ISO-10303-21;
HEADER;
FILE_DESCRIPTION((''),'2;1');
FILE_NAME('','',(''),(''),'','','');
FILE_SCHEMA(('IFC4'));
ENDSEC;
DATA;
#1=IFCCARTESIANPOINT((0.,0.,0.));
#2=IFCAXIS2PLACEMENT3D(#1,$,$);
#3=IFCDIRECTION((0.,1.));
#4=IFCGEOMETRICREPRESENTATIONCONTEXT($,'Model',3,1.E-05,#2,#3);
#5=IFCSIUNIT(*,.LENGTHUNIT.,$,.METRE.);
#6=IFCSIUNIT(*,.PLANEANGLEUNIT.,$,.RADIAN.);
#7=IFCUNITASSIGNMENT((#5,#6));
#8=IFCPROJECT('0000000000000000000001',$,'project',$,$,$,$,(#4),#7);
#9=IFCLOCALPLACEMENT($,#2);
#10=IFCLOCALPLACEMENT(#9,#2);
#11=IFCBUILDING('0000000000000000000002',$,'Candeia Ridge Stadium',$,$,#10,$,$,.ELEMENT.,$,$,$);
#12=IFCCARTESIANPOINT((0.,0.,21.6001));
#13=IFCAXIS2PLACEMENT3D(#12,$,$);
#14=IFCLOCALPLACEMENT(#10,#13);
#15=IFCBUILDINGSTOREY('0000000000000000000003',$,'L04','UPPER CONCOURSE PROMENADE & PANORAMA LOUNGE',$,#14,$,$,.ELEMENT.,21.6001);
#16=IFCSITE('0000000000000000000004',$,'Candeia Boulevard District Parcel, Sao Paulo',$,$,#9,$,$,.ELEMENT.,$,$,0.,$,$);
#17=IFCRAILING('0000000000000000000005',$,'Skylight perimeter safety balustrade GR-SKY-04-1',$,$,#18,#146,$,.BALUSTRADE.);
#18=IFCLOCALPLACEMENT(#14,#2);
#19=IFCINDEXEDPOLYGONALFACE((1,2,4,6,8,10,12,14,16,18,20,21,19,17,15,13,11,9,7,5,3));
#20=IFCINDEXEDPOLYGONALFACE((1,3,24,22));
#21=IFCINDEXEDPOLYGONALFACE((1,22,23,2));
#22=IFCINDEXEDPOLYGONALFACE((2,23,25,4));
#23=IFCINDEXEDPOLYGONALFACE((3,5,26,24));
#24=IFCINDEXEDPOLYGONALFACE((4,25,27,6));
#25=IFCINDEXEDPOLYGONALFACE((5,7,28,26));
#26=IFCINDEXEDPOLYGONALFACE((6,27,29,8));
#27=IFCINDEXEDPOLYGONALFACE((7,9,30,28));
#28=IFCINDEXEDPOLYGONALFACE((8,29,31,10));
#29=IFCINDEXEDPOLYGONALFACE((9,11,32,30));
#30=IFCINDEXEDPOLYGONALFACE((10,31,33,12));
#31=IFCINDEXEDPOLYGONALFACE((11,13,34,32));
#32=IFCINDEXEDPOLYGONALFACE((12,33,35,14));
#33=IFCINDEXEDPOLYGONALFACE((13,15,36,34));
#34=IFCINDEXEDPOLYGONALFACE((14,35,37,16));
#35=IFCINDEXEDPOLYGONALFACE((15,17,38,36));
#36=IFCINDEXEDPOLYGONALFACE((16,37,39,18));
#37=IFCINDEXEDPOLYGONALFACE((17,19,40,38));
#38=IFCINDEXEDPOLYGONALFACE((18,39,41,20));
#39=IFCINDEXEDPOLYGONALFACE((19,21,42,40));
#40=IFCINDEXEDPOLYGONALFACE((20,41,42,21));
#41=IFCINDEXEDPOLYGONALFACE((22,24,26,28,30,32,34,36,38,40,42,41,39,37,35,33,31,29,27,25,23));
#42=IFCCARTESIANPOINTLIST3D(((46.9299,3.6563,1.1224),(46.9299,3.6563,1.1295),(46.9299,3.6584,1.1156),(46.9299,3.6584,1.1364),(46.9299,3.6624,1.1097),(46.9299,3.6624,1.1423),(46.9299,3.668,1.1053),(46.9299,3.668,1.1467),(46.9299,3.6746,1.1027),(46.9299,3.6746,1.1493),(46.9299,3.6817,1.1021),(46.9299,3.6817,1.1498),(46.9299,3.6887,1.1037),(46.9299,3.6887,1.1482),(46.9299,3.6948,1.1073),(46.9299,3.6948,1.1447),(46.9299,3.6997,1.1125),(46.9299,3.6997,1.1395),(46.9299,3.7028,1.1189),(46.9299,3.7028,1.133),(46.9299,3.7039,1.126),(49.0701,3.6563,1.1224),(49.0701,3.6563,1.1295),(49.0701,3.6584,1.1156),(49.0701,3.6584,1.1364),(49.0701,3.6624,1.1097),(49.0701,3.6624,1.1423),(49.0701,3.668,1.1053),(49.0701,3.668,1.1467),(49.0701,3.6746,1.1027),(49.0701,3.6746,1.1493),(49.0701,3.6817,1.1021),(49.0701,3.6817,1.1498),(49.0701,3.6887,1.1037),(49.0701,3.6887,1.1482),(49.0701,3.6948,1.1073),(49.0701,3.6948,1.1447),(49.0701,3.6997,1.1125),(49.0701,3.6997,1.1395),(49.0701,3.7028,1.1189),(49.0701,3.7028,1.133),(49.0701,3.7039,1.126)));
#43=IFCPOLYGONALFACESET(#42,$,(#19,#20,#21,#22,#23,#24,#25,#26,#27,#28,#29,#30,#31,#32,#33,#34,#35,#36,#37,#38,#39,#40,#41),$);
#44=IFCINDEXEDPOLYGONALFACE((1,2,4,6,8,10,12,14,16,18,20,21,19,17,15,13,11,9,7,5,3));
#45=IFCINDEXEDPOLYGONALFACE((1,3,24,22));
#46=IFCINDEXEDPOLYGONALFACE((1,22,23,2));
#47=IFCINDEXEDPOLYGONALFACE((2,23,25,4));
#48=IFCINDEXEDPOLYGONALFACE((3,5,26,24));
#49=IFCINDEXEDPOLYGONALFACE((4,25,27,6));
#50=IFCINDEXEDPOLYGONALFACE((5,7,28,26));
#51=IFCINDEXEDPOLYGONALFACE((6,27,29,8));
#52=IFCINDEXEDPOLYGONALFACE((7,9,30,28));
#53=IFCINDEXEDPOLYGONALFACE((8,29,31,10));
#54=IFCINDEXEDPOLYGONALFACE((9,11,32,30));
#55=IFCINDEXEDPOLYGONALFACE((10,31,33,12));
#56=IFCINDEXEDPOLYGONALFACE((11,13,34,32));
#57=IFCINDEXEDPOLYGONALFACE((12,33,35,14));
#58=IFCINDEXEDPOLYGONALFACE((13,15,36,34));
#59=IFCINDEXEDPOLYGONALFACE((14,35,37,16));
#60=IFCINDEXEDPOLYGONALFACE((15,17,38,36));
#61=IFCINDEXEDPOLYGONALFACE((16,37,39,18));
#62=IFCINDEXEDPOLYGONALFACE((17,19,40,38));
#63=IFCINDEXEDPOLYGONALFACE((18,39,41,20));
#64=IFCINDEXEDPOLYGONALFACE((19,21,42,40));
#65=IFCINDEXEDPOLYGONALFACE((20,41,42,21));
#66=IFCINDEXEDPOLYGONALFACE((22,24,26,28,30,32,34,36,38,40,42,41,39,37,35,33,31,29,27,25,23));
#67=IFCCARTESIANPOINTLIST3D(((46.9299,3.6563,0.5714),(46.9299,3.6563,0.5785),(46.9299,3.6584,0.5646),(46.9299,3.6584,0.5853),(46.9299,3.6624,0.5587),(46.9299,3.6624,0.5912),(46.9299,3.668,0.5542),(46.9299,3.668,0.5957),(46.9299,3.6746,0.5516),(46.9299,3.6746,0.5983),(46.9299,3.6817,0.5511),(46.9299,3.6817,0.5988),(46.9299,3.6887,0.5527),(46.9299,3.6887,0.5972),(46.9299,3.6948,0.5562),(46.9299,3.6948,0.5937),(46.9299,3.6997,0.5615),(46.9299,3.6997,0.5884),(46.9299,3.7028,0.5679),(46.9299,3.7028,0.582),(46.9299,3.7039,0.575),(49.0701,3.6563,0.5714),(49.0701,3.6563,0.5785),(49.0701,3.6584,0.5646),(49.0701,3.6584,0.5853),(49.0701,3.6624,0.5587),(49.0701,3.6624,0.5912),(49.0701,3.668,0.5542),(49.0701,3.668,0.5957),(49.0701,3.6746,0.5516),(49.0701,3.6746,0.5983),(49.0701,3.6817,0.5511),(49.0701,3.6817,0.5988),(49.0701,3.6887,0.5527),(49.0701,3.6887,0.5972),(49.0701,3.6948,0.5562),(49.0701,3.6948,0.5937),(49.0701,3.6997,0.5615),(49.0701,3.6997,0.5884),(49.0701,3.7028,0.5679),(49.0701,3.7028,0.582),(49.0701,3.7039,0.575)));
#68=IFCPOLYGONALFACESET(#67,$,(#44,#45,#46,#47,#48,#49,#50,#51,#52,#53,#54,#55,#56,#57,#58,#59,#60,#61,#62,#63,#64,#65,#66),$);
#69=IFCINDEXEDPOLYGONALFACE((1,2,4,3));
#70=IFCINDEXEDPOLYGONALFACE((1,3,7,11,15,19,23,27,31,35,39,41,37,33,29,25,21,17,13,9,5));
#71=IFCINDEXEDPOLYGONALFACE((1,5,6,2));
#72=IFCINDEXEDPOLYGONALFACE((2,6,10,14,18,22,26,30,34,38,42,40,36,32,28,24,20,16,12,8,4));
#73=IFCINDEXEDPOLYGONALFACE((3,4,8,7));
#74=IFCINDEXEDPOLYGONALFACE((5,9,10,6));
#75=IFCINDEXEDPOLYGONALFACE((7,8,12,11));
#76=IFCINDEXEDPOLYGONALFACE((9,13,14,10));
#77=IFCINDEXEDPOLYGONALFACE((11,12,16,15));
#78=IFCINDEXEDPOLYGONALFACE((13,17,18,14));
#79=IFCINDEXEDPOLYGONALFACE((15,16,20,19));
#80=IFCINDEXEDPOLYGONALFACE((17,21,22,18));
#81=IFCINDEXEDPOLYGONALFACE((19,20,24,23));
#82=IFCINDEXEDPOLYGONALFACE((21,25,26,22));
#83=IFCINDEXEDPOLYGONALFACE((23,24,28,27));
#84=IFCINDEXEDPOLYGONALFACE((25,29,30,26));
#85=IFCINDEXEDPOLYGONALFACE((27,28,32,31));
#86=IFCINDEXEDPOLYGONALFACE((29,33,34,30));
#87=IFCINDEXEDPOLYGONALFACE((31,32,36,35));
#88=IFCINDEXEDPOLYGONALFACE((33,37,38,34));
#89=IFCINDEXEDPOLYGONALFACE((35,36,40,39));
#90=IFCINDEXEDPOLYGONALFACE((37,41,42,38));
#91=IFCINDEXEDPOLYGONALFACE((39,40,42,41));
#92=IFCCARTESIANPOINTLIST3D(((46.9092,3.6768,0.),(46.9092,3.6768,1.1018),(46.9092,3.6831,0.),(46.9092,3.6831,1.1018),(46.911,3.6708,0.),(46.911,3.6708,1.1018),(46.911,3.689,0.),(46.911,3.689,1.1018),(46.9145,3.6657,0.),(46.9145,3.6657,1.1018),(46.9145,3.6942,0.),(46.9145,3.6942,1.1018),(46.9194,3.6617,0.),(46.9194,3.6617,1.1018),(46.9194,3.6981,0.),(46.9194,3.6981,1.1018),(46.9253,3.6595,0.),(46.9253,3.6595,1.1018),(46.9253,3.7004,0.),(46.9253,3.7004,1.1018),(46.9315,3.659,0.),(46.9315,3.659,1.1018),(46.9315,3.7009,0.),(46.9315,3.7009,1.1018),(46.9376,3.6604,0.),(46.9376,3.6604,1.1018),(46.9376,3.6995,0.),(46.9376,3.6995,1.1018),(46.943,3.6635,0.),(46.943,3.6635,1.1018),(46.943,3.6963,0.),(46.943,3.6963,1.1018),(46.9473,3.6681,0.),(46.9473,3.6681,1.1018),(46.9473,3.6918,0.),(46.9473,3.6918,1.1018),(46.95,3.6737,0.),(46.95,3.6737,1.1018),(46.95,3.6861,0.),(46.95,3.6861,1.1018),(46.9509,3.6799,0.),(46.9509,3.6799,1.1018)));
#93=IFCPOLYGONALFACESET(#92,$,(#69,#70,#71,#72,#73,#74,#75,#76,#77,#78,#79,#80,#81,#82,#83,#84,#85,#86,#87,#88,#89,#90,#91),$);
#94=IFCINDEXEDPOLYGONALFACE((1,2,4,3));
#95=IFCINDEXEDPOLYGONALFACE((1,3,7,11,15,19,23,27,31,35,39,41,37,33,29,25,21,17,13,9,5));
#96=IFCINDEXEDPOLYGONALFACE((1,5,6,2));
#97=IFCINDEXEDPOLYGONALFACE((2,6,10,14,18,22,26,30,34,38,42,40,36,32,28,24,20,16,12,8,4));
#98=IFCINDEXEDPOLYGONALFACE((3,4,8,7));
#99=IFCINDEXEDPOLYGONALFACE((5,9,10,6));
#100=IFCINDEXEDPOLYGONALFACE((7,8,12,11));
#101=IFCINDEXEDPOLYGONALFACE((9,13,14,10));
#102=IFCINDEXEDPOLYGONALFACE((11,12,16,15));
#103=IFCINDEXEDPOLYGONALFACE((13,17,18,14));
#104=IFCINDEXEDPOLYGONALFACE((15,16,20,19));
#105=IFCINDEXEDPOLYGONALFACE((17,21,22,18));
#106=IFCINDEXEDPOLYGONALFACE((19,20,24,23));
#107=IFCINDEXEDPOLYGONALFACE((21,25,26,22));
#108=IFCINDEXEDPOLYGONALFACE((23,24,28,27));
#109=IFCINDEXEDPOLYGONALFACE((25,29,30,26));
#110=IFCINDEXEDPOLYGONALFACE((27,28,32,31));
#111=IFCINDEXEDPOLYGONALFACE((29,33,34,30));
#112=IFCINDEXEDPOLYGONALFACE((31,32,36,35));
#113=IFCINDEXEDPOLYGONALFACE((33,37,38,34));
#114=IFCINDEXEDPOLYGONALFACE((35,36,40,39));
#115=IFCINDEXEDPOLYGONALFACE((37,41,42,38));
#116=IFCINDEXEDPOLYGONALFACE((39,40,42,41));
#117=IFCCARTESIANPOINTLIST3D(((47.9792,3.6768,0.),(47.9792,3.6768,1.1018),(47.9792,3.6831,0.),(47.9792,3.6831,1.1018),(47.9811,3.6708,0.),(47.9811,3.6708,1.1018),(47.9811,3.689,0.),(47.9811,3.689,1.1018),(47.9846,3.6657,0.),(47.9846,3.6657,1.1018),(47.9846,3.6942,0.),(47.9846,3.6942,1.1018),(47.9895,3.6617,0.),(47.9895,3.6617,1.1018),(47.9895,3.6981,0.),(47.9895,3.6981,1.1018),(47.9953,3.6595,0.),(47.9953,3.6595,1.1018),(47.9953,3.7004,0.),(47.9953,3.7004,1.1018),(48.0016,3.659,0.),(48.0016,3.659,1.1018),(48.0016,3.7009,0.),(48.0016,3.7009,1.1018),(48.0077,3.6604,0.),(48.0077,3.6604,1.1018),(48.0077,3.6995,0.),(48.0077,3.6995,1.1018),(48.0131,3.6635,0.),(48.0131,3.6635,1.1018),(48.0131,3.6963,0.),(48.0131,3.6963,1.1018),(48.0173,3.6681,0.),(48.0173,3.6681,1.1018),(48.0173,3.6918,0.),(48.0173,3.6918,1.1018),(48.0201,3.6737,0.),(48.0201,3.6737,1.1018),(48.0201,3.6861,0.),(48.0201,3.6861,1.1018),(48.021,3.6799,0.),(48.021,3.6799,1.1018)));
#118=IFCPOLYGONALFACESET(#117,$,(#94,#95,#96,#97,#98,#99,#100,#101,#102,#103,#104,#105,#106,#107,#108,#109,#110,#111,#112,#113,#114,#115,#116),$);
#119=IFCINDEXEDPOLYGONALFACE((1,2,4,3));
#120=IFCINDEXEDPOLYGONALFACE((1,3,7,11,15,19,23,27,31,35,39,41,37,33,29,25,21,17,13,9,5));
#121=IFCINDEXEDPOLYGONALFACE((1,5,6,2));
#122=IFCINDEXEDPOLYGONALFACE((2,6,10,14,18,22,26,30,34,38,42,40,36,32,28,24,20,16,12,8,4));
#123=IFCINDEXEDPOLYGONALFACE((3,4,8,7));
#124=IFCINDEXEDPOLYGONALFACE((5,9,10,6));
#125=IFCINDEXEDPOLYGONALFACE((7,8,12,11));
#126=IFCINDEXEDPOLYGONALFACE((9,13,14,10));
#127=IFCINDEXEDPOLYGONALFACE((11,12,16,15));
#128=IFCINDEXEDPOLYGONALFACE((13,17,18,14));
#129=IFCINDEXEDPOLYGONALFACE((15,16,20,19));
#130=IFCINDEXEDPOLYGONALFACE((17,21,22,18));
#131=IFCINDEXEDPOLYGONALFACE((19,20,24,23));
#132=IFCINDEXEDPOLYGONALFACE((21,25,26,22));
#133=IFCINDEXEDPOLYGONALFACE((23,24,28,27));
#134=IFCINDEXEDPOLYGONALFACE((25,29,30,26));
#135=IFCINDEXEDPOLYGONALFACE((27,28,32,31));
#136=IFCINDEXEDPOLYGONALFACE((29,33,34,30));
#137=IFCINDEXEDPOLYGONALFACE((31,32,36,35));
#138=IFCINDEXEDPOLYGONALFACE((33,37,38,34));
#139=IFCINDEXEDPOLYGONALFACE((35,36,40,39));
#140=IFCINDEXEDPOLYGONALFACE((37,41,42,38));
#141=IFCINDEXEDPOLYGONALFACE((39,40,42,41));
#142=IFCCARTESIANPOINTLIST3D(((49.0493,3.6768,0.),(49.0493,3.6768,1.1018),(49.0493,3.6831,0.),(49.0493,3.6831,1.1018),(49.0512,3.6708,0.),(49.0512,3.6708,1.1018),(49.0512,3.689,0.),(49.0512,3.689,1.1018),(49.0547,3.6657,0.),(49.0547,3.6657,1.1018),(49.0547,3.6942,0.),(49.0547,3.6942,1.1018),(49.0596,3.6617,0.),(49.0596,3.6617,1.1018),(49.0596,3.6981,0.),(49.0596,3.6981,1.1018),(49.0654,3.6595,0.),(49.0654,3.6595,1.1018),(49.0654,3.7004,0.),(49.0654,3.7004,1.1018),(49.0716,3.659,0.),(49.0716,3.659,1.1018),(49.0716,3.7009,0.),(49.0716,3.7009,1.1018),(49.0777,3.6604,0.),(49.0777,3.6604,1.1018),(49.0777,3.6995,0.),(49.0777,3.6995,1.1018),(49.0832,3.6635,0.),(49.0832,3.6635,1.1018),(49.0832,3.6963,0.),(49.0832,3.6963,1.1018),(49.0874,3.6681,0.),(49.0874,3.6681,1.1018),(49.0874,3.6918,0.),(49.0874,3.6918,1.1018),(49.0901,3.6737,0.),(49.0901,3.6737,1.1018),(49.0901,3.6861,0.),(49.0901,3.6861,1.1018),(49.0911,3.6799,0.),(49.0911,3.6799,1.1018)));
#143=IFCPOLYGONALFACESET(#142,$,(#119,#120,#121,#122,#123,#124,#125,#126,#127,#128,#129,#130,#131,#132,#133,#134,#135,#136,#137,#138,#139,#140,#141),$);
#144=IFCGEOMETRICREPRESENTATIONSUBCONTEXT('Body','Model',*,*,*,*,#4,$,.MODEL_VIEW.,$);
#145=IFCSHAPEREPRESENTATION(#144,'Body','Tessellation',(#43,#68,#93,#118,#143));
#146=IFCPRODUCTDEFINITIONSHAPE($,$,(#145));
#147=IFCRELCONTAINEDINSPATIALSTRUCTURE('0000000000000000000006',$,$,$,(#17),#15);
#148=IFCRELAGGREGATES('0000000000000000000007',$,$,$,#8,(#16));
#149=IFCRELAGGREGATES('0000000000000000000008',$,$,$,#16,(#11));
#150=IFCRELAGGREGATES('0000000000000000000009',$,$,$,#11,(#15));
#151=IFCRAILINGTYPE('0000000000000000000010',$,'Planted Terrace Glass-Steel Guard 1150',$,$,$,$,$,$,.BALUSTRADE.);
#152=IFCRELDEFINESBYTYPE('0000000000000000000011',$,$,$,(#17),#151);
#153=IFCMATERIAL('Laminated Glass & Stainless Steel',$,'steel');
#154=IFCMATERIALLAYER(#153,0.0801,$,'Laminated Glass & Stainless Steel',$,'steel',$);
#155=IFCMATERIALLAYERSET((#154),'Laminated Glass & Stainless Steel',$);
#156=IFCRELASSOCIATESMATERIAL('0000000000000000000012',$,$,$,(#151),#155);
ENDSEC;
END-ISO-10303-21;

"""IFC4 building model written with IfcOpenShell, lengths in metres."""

from ifc_helpers import new_model, si_unit, direction, frame, origin, origin_2d, place, context, subcontext, project, spatial, circle, extrude, material, layer, layer_set, type_object, element, save


model = new_model("IFC4")

# Units and contexts
model_context = context("Model", 3, precision=1e-05, world=origin(), true_north=direction((0.0, 1.0)))
body_context = subcontext(model_context, "Body", "Model", "MODEL_VIEW")
ifc_project = project(units=[si_unit("LENGTHUNIT", "METRE"), si_unit("PLANEANGLEUNIT", "RADIAN")], contexts=[model_context])

# Site, building, storey
site_placement = place(None, origin())
site = spatial("IfcSite", under=ifc_project, at=site_placement, Name="Candeia Boulevard District Parcel, Sao Paulo", CompositionType="ELEMENT", RefElevation=0.0)
building_placement = place(site_placement, origin())
building = spatial("IfcBuilding", under=site, at=building_placement, Name="Candeia Ridge Stadium", CompositionType="ELEMENT")
storey_placement = place(building_placement, frame((0.0, 0.0, 21.6001)))
storey = spatial("IfcBuildingStorey", under=building, at=storey_placement, Name="L04", Description="UPPER CONCOURSE PROMENADE & PANORAMA LOUNGE", CompositionType="ELEMENT", Elevation=21.6001)

# Railing
ifc_material_1 = material(Name="Laminated Glass & Stainless Steel", Category="steel")
ifc_layer_1 = layer(ifc_material_1, 0.0801, Name="Laminated Glass & Stainless Steel", Category="steel")
ifc_layer_set_1 = layer_set([ifc_layer_1], Name="Laminated Glass & Stainless Steel")
railing_type_1 = type_object("IfcRailingType", Name="Planted Terrace Glass-Steel Guard 1150", PredefinedType="BALUSTRADE", material=ifc_layer_set_1)
railing_1_placement = place(storey_placement, frame((46.9299, 3.6799, 0.0)))
element("IfcRailing", 1, at=railing_1_placement, inside=storey, type_object=railing_type_1, Name="Skylight perimeter safety balustrade GR-SKY-04-1", PredefinedType="BALUSTRADE", context=body_context, shape_type="SweptSolid", body=[
    extrude(circle(Radius=0.0239, at=origin_2d()), frame((0.0, 0.0, 1.126), z_axis=(1.0, 0.0, 0.0), x_axis=(0.0, 1.0, 0.0)), (0.0, 0.0, 1.0), 2.1401),
    extrude(circle(Radius=0.0239, at=origin_2d()), frame((0.0, 0.0, 0.575), z_axis=(1.0, 0.0, 0.0), x_axis=(0.0, 1.0, 0.0)), (0.0, 0.0, 1.0), 2.1401),
    extrude(circle(Radius=0.021, at=origin_2d()), origin(), (0.0, 0.0, 1.0), 1.1018),
    extrude(circle(Radius=0.021, at=origin_2d()), frame((1.0701, 0.0, 0.0)), (0.0, 0.0, 1.0), 1.1018),
    extrude(circle(Radius=0.021, at=origin_2d()), frame((2.1401, 0.0, 0.0)), (0.0, 0.0, 1.0), 1.1018),
])

save(model, "model.ifc")
